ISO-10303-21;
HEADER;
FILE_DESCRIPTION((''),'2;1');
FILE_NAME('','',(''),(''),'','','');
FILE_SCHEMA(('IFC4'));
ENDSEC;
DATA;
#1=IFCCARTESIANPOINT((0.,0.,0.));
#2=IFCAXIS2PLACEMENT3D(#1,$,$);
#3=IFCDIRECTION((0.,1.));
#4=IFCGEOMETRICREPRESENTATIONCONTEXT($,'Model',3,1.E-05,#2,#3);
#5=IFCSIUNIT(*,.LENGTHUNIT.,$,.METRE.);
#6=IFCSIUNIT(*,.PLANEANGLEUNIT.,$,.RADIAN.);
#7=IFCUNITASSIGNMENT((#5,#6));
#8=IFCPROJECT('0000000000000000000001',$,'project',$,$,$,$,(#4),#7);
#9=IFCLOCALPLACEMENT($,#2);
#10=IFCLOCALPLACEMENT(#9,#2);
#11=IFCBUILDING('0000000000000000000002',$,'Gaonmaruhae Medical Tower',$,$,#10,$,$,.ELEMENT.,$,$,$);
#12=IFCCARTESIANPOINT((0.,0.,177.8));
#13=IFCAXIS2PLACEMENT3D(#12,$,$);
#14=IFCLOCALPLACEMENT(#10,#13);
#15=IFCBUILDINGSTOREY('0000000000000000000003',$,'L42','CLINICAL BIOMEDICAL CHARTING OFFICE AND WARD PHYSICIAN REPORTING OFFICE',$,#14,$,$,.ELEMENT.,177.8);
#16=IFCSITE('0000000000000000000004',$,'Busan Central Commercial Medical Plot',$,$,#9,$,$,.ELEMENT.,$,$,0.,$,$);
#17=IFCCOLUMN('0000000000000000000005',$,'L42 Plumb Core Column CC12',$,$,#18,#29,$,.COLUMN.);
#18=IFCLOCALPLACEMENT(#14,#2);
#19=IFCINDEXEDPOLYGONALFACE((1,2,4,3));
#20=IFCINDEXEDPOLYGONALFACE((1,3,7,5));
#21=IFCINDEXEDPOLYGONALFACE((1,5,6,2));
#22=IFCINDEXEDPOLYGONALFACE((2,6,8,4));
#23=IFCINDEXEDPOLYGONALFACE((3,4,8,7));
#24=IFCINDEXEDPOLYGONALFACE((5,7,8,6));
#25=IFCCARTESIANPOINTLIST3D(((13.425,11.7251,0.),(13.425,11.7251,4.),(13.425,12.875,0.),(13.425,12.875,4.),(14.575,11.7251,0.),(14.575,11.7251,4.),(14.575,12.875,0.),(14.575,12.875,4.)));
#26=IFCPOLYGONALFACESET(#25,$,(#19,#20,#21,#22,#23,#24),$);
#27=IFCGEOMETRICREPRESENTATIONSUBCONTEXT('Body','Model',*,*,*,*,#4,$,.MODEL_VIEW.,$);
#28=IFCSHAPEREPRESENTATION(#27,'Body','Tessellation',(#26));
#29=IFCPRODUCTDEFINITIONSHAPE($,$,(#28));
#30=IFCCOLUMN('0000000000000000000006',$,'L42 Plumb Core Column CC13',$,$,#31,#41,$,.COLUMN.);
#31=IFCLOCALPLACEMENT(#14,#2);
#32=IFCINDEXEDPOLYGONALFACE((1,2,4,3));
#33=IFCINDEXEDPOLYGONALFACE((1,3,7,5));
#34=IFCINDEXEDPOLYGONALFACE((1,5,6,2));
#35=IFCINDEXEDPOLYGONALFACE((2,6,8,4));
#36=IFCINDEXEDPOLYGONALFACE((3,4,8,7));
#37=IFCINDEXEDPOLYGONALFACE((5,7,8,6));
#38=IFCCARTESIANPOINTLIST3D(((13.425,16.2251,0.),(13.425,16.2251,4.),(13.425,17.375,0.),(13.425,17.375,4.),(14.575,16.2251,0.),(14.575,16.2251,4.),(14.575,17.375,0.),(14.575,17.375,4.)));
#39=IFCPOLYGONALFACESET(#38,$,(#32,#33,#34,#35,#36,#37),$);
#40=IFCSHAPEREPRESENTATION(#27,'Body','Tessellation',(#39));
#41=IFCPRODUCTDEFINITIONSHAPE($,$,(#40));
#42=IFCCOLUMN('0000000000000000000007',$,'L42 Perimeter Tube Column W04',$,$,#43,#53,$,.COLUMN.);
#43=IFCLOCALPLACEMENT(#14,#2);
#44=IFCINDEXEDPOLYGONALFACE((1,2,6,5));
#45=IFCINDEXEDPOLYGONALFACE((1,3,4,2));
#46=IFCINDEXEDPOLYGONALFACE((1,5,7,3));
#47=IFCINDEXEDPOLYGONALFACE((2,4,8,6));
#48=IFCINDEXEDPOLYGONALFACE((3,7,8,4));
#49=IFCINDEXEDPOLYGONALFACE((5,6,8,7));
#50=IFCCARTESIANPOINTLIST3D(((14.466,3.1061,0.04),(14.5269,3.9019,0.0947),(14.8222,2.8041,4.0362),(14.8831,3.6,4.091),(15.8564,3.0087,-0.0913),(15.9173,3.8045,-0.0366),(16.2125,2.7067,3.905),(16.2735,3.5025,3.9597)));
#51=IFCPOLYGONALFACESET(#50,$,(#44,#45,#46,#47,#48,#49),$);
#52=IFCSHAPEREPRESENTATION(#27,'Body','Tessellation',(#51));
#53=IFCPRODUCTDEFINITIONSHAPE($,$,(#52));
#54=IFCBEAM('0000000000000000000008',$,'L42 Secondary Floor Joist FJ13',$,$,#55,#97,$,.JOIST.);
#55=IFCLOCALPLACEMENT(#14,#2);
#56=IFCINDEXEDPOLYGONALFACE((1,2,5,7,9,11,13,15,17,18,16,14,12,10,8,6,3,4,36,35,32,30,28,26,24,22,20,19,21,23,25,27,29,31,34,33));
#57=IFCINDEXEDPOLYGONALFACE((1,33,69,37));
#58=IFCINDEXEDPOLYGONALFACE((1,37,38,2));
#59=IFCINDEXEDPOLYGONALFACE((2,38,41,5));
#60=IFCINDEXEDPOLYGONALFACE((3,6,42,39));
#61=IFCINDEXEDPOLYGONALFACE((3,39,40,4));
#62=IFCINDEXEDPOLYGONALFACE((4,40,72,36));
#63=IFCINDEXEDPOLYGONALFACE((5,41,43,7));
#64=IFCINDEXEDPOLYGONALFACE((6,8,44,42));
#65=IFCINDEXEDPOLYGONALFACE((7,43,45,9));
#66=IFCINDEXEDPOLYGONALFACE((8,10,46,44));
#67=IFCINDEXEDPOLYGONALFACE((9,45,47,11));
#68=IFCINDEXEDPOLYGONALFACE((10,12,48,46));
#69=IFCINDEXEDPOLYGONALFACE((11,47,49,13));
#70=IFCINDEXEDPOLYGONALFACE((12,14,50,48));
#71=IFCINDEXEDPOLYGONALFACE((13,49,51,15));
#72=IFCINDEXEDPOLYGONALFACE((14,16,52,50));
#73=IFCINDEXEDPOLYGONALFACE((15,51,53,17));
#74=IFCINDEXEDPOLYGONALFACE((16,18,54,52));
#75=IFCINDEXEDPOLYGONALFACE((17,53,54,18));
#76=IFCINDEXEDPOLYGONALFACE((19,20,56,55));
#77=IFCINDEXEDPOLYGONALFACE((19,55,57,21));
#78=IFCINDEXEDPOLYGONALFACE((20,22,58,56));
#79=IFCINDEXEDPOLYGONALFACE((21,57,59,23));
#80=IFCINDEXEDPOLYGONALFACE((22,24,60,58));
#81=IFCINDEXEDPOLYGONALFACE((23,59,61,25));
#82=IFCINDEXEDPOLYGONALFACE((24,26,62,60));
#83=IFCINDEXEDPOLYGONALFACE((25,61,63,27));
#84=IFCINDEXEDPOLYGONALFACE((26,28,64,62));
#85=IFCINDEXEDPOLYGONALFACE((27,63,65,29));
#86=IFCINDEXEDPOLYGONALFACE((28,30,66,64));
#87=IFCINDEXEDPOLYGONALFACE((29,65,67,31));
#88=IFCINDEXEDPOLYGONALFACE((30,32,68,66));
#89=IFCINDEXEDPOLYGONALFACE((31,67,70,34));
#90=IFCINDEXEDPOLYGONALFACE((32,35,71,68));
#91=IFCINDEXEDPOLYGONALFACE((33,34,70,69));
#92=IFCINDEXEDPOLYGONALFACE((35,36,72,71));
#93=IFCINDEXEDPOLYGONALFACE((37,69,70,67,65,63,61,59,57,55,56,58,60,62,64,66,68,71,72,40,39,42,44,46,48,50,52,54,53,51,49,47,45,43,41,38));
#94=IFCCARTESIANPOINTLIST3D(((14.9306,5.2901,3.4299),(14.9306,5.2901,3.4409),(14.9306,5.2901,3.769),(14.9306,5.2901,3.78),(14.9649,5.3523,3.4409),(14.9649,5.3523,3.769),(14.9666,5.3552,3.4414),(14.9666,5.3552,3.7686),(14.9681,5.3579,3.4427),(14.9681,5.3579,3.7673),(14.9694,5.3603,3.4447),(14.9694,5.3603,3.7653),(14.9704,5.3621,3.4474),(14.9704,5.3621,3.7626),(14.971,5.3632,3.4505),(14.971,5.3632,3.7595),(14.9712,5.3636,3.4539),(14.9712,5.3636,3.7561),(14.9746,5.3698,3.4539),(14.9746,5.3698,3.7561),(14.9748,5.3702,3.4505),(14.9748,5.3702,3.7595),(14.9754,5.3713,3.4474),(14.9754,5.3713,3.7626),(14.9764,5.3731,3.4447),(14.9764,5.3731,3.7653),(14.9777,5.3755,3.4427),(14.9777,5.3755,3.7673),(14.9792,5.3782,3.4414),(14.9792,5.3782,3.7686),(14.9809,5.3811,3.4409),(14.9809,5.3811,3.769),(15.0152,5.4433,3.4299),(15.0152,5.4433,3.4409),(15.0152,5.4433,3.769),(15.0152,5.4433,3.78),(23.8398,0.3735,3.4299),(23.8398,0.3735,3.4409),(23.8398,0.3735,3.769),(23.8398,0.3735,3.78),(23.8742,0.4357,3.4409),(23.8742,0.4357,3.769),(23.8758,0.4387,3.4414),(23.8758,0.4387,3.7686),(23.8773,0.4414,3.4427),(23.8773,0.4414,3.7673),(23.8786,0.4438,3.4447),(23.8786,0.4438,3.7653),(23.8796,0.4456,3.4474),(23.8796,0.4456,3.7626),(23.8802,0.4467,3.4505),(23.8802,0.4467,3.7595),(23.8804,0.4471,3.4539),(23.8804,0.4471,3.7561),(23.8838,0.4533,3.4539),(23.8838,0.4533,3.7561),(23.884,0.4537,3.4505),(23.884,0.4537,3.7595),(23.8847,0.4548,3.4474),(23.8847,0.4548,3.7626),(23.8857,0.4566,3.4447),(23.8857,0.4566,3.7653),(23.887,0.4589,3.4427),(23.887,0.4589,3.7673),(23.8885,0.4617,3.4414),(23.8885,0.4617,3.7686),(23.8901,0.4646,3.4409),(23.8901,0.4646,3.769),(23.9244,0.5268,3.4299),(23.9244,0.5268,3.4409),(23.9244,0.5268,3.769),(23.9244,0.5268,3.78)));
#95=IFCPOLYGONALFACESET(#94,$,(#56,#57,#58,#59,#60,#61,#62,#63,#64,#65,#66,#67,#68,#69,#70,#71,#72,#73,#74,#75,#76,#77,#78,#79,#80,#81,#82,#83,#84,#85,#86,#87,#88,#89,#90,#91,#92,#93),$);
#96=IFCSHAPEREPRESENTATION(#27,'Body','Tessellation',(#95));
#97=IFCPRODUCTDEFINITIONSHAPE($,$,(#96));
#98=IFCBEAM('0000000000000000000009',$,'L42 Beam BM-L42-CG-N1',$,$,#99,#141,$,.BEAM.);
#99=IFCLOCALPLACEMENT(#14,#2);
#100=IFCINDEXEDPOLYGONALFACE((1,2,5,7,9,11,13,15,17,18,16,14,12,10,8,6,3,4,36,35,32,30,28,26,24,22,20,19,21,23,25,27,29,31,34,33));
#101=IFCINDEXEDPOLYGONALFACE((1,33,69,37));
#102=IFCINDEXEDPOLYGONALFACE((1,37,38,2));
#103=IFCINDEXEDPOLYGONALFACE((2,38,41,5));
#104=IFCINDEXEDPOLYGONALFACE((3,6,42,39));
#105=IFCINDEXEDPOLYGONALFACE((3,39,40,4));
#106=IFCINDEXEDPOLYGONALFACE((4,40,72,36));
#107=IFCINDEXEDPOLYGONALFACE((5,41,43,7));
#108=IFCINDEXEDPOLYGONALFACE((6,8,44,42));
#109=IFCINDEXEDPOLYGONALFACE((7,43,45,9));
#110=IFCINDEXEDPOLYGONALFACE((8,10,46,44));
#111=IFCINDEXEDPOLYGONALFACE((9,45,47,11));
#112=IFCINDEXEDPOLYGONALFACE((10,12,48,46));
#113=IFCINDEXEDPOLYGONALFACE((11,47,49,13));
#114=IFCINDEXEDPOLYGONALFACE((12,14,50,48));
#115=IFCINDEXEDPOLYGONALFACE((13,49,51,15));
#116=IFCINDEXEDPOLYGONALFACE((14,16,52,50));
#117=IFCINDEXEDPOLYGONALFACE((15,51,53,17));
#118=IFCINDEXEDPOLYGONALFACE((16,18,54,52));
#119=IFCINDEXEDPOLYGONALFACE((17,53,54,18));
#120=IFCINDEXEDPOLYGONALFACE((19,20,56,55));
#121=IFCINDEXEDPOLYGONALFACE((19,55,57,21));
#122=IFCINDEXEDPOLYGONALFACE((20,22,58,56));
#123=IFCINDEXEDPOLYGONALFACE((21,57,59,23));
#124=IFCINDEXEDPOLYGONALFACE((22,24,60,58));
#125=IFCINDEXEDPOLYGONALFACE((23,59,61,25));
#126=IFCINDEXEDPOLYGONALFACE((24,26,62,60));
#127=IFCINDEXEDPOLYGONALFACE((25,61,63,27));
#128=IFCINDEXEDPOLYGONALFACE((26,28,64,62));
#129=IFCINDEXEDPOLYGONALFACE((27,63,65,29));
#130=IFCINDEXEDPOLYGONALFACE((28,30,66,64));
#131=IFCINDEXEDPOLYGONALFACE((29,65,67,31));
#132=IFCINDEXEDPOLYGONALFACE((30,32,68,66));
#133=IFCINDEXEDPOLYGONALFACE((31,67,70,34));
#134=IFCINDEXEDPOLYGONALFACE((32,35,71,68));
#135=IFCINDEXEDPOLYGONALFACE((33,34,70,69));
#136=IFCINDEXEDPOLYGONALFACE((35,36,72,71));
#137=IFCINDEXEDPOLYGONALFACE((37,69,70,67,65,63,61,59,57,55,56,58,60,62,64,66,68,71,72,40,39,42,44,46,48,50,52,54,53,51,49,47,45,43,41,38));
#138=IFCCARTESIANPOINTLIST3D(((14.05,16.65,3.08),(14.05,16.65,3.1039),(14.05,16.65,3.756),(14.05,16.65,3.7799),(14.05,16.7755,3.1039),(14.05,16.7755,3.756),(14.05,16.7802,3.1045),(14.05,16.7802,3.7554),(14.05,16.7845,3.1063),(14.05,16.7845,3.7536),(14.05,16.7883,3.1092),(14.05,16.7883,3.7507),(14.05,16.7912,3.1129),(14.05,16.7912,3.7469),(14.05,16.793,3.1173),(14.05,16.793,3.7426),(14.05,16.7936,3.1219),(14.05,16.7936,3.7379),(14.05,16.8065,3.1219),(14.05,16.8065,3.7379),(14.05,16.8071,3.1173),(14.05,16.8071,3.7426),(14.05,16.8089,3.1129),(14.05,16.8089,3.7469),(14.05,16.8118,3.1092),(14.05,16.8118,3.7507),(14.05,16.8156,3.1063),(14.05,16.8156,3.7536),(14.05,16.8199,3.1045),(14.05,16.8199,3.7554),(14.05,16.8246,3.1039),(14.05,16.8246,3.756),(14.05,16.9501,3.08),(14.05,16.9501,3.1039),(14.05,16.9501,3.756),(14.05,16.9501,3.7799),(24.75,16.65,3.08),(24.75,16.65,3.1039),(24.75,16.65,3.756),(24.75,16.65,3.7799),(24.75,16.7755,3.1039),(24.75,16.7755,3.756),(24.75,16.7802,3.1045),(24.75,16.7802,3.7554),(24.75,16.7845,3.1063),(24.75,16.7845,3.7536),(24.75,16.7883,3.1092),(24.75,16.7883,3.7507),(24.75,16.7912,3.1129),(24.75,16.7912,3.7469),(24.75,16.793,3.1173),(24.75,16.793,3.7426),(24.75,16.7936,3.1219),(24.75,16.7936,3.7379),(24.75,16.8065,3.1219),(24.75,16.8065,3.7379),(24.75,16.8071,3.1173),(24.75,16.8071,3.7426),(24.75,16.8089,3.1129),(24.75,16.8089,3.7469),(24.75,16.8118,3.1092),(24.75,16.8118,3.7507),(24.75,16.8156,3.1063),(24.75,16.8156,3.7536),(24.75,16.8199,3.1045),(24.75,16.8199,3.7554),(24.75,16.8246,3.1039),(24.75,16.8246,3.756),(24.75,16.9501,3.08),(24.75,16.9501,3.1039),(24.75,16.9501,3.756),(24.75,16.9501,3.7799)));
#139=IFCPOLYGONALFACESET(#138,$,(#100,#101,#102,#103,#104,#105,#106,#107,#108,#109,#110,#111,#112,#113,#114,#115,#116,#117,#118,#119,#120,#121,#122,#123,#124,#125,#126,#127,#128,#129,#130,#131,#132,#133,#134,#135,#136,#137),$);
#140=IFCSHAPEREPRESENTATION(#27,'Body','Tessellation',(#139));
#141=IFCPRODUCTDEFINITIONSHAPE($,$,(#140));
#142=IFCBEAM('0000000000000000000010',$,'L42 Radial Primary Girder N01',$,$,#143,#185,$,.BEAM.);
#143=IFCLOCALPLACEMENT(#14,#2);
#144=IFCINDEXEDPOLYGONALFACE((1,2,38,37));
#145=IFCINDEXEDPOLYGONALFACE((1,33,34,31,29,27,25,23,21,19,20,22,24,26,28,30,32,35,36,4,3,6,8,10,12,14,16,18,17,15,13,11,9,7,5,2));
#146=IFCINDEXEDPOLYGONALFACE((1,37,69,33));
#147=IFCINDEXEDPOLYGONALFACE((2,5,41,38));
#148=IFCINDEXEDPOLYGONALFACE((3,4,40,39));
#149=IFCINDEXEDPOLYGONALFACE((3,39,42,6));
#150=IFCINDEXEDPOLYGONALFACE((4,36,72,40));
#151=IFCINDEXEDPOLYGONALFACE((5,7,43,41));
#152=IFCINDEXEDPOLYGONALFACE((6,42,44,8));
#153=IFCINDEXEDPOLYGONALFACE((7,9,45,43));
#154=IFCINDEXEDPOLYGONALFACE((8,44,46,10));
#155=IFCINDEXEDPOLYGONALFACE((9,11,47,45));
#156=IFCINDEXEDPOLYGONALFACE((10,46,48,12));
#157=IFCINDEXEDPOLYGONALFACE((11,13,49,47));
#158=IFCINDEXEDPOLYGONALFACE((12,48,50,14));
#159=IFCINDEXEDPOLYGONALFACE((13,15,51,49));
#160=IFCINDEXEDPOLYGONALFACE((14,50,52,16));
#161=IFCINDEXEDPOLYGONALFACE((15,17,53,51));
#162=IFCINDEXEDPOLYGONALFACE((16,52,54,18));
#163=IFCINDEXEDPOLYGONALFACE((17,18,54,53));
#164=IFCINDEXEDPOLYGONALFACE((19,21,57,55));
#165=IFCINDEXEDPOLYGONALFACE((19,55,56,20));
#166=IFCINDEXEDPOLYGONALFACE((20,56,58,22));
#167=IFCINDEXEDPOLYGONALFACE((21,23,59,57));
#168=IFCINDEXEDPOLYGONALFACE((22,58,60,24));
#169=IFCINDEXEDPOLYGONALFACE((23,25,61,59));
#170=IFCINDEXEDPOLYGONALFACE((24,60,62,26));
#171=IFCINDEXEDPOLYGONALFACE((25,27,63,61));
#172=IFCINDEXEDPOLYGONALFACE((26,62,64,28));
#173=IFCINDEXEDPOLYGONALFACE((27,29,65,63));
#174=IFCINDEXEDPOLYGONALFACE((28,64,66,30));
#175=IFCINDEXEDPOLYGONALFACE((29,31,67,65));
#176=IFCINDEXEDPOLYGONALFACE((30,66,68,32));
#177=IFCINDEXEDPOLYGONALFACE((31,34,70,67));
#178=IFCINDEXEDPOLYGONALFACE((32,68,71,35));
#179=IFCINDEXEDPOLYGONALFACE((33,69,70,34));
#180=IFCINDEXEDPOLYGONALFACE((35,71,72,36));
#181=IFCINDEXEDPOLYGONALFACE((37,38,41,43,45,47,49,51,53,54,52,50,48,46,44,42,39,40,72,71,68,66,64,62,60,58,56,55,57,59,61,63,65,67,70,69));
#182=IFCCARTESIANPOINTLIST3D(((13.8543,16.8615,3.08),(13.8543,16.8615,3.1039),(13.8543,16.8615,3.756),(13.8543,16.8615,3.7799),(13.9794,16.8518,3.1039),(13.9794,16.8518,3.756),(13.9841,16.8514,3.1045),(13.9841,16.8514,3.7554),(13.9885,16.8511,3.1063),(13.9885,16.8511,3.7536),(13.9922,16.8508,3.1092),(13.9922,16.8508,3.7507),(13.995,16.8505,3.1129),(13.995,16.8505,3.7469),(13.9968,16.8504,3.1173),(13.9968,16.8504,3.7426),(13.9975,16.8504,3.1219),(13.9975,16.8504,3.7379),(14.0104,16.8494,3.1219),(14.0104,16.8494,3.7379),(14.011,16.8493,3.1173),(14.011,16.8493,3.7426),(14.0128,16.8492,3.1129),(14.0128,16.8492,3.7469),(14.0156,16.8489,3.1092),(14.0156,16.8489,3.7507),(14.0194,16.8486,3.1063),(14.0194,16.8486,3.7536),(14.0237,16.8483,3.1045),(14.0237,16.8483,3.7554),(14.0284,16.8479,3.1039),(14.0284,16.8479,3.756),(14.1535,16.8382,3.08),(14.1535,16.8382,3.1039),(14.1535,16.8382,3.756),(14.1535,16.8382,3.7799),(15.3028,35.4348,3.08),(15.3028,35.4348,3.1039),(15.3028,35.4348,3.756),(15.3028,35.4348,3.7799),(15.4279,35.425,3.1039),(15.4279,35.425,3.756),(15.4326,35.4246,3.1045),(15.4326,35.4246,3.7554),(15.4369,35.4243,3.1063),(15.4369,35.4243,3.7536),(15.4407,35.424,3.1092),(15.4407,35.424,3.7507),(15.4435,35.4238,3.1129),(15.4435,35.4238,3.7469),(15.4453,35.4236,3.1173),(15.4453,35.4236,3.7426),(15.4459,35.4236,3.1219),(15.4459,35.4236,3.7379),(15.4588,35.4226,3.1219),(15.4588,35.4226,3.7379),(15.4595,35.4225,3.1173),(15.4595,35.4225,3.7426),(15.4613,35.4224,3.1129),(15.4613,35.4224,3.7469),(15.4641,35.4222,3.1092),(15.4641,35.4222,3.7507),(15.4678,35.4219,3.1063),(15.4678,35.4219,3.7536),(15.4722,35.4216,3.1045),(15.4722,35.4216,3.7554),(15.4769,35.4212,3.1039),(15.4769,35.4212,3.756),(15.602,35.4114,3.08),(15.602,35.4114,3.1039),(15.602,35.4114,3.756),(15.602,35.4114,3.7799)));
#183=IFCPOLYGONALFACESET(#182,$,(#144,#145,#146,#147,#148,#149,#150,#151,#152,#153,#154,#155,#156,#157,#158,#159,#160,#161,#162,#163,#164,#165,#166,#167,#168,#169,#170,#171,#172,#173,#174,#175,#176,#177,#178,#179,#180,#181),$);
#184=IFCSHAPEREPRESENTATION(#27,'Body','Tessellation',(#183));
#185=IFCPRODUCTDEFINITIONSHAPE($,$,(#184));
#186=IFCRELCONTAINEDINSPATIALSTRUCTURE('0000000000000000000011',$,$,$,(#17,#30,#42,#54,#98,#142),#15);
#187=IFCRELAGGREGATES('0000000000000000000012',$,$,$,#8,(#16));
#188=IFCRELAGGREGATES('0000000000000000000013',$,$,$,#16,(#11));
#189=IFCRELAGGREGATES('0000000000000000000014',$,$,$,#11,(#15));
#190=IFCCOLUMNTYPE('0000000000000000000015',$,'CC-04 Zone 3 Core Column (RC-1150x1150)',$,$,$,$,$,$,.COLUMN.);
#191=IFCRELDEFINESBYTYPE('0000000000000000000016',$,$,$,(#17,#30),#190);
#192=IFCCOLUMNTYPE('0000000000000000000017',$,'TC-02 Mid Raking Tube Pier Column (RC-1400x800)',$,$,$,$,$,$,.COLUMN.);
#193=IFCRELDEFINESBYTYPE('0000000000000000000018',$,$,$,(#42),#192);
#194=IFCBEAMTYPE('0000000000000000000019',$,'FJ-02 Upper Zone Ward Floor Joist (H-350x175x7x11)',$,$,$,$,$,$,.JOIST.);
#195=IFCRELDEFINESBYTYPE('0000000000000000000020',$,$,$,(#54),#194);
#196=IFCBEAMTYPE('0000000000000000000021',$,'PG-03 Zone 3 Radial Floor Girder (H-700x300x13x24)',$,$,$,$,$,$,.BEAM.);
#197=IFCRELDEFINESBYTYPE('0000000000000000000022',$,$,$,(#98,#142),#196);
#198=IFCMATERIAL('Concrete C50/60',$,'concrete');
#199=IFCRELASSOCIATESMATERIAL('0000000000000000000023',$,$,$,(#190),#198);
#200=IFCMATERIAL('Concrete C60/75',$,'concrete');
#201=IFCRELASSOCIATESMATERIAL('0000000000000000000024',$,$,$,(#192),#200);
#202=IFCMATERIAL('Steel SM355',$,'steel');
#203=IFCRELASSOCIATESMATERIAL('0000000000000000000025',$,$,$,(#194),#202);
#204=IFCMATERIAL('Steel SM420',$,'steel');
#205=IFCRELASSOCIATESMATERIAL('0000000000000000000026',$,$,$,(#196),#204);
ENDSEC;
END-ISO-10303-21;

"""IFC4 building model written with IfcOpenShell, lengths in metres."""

from ifc_helpers import new_model, si_unit, direction, frame, origin, origin_2d, place, context, subcontext, project, spatial, rectangle, i_section, extrude, material, material_profile, profile_set, type_object, element, save


model = new_model("IFC4")

# Units and contexts
model_context = context("Model", 3, precision=1e-05, world=origin(), true_north=direction((0.0, 1.0)))
body_context = subcontext(model_context, "Body", "Model", "MODEL_VIEW")
ifc_project = project(units=[si_unit("LENGTHUNIT", "METRE"), si_unit("PLANEANGLEUNIT", "RADIAN")], contexts=[model_context])

# Site, building, storey
site_placement = place(None, origin())
site = spatial("IfcSite", under=ifc_project, at=site_placement, Name="Busan Central Commercial Medical Plot", CompositionType="ELEMENT", RefElevation=0.0)
building_placement = place(site_placement, origin())
building = spatial("IfcBuilding", under=site, at=building_placement, Name="Gaonmaruhae Medical Tower", CompositionType="ELEMENT")
storey_placement = place(building_placement, frame((0.0, 0.0, 177.8)))
storey = spatial("IfcBuildingStorey", under=building, at=storey_placement, Name="L42", Description="CLINICAL BIOMEDICAL CHARTING OFFICE AND WARD PHYSICIAN REPORTING OFFICE", CompositionType="ELEMENT", Elevation=177.8)

# Columns
ifc_material_1 = material(Name="Concrete C50/60", Category="concrete")
ifc_material_profile_1 = material_profile(ifc_material_1, rectangle(XDim=1.1499, YDim=1.1499, at=origin_2d()), Name="RC-1150x1150")
ifc_profile_set_1 = profile_set([ifc_material_profile_1], Name="Concrete C50/60")
column_type_1 = type_object("IfcColumnType", Name="CC-04 Zone 3 Core Column (RC-1150x1150)", PredefinedType="COLUMN", material=ifc_profile_set_1)
for number, where, z_axis, x_axis, name in (
    (1, (14.0, 12.3, 0.0), (0.0, 0.0, 1.0), (1.0, 0.0, 0.0), "L42 Plumb Core Column CC12"),
    (2, (14.0, 16.8, 0.0), (0.0, 0.0, 1.0), (1.0, 0.0, 0.0), "L42 Plumb Core Column CC13"),
):
    element("IfcColumn", number, at=place(storey_placement, frame(where, z_axis=z_axis, x_axis=x_axis)), inside=storey, type_object=column_type_1, Name=name, PredefinedType="COLUMN", context=body_context, shape_type="SweptSolid", body=[
        extrude(rectangle(XDim=1.1499, YDim=1.1499, at=origin_2d()), origin(), (0.0, 0.0, 1.0), 4.0),
    ])
ifc_material_2 = material(Name="Concrete C60/75", Category="concrete")
ifc_material_profile_2 = material_profile(ifc_material_2, rectangle(XDim=1.3999, YDim=0.8, at=origin_2d()), Name="RC-1400x800")
ifc_profile_set_2 = profile_set([ifc_material_profile_2], Name="Concrete C60/75")
column_type_2 = type_object("IfcColumnType", Name="TC-02 Mid Raking Tube Pier Column (RC-1400x800)", PredefinedType="COLUMN", material=ifc_profile_set_2)
column_placement = place(storey_placement, frame((15.1917, 3.4553, 0.0017), z_axis=(0.088529, -0.075059, 0.993242), x_axis=(-0.993159, 0.069579, 0.09378)))
element("IfcColumn", 3, at=column_placement, inside=storey, type_object=column_type_2, Name="L42 Perimeter Tube Column W04", PredefinedType="COLUMN", context=body_context, shape_type="SweptSolid", body=[
    extrude(rectangle(XDim=1.3999, YDim=0.8, at=origin_2d()), origin(), (0.0, 0.0, 1.0), 4.0234),
])

# Beams
ifc_material_3 = material(Name="Steel SM355", Category="steel")
ifc_material_profile_3 = material_profile(ifc_material_3, i_section(OverallWidth=0.175, OverallDepth=0.3501, WebThickness=0.0071, FlangeThickness=0.011, FilletRadius=0.0129, at=origin_2d()), Name="H-350x175x7x11")
ifc_profile_set_3 = profile_set([ifc_material_profile_3], Name="Steel SM355")
beam_type_1 = type_object("IfcBeamType", Name="FJ-02 Upper Zone Ward Floor Joist (H-350x175x7x11)", PredefinedType="JOIST", material=ifc_profile_set_3)
beam_1_placement = place(storey_placement, frame((14.9729, 5.3667, 3.605), z_axis=(0.875532, -0.48316, 0.0), x_axis=(0.48316, 0.875532, 0.0)))
element("IfcBeam", 4, at=beam_1_placement, inside=storey, type_object=beam_type_1, Name="L42 Secondary Floor Joist FJ13", PredefinedType="JOIST", context=body_context, shape_type="SweptSolid", body=[
    extrude(i_section(OverallWidth=0.175, OverallDepth=0.3501, WebThickness=0.0071, FlangeThickness=0.011, FilletRadius=0.0129, at=origin_2d()), origin(), (0.0, 0.0, 1.0), 10.1758),
])
ifc_material_4 = material(Name="Steel SM420", Category="steel")
ifc_material_profile_4 = material_profile(ifc_material_4, i_section(OverallWidth=0.3, OverallDepth=0.7, WebThickness=0.0129, FlangeThickness=0.0239, FilletRadius=0.0181, at=origin_2d()), Name="H-700x300x13x24")
ifc_profile_set_4 = profile_set([ifc_material_profile_4], Name="Steel SM420")
beam_type_2 = type_object("IfcBeamType", Name="PG-03 Zone 3 Radial Floor Girder (H-700x300x13x24)", PredefinedType="BEAM", material=ifc_profile_set_4)
beam_2_placement = place(storey_placement, frame((14.05, 16.8, 3.4299), z_axis=(1.0, 0.0, 0.0), x_axis=(0.0, 1.0, 0.0)))
element("IfcBeam", 5, at=beam_2_placement, inside=storey, type_object=beam_type_2, Name="L42 Beam BM-L42-CG-N1", PredefinedType="BEAM", context=body_context, shape_type="SweptSolid", body=[
    extrude(i_section(OverallWidth=0.3, OverallDepth=0.7, WebThickness=0.0129, FlangeThickness=0.0239, FilletRadius=0.0181, at=origin_2d()), origin(), (0.0, 0.0, 1.0), 10.7),
])
beam_3_placement = place(storey_placement, frame((14.0039, 16.8499, 3.4299), z_axis=(0.077752, 0.996973, 0.0), x_axis=(-0.996973, 0.077752, 0.0)))
element("IfcBeam", 6, at=beam_3_placement, inside=storey, type_object=beam_type_2, Name="L42 Radial Primary Girder N01", PredefinedType="BEAM", context=body_context, shape_type="SweptSolid", body=[
    extrude(i_section(OverallWidth=0.3, OverallDepth=0.7, WebThickness=0.0129, FlangeThickness=0.0239, FilletRadius=0.0181, at=origin_2d()), origin(), (0.0, 0.0, 1.0), 18.6296),
])

save(model, "model.ifc")
